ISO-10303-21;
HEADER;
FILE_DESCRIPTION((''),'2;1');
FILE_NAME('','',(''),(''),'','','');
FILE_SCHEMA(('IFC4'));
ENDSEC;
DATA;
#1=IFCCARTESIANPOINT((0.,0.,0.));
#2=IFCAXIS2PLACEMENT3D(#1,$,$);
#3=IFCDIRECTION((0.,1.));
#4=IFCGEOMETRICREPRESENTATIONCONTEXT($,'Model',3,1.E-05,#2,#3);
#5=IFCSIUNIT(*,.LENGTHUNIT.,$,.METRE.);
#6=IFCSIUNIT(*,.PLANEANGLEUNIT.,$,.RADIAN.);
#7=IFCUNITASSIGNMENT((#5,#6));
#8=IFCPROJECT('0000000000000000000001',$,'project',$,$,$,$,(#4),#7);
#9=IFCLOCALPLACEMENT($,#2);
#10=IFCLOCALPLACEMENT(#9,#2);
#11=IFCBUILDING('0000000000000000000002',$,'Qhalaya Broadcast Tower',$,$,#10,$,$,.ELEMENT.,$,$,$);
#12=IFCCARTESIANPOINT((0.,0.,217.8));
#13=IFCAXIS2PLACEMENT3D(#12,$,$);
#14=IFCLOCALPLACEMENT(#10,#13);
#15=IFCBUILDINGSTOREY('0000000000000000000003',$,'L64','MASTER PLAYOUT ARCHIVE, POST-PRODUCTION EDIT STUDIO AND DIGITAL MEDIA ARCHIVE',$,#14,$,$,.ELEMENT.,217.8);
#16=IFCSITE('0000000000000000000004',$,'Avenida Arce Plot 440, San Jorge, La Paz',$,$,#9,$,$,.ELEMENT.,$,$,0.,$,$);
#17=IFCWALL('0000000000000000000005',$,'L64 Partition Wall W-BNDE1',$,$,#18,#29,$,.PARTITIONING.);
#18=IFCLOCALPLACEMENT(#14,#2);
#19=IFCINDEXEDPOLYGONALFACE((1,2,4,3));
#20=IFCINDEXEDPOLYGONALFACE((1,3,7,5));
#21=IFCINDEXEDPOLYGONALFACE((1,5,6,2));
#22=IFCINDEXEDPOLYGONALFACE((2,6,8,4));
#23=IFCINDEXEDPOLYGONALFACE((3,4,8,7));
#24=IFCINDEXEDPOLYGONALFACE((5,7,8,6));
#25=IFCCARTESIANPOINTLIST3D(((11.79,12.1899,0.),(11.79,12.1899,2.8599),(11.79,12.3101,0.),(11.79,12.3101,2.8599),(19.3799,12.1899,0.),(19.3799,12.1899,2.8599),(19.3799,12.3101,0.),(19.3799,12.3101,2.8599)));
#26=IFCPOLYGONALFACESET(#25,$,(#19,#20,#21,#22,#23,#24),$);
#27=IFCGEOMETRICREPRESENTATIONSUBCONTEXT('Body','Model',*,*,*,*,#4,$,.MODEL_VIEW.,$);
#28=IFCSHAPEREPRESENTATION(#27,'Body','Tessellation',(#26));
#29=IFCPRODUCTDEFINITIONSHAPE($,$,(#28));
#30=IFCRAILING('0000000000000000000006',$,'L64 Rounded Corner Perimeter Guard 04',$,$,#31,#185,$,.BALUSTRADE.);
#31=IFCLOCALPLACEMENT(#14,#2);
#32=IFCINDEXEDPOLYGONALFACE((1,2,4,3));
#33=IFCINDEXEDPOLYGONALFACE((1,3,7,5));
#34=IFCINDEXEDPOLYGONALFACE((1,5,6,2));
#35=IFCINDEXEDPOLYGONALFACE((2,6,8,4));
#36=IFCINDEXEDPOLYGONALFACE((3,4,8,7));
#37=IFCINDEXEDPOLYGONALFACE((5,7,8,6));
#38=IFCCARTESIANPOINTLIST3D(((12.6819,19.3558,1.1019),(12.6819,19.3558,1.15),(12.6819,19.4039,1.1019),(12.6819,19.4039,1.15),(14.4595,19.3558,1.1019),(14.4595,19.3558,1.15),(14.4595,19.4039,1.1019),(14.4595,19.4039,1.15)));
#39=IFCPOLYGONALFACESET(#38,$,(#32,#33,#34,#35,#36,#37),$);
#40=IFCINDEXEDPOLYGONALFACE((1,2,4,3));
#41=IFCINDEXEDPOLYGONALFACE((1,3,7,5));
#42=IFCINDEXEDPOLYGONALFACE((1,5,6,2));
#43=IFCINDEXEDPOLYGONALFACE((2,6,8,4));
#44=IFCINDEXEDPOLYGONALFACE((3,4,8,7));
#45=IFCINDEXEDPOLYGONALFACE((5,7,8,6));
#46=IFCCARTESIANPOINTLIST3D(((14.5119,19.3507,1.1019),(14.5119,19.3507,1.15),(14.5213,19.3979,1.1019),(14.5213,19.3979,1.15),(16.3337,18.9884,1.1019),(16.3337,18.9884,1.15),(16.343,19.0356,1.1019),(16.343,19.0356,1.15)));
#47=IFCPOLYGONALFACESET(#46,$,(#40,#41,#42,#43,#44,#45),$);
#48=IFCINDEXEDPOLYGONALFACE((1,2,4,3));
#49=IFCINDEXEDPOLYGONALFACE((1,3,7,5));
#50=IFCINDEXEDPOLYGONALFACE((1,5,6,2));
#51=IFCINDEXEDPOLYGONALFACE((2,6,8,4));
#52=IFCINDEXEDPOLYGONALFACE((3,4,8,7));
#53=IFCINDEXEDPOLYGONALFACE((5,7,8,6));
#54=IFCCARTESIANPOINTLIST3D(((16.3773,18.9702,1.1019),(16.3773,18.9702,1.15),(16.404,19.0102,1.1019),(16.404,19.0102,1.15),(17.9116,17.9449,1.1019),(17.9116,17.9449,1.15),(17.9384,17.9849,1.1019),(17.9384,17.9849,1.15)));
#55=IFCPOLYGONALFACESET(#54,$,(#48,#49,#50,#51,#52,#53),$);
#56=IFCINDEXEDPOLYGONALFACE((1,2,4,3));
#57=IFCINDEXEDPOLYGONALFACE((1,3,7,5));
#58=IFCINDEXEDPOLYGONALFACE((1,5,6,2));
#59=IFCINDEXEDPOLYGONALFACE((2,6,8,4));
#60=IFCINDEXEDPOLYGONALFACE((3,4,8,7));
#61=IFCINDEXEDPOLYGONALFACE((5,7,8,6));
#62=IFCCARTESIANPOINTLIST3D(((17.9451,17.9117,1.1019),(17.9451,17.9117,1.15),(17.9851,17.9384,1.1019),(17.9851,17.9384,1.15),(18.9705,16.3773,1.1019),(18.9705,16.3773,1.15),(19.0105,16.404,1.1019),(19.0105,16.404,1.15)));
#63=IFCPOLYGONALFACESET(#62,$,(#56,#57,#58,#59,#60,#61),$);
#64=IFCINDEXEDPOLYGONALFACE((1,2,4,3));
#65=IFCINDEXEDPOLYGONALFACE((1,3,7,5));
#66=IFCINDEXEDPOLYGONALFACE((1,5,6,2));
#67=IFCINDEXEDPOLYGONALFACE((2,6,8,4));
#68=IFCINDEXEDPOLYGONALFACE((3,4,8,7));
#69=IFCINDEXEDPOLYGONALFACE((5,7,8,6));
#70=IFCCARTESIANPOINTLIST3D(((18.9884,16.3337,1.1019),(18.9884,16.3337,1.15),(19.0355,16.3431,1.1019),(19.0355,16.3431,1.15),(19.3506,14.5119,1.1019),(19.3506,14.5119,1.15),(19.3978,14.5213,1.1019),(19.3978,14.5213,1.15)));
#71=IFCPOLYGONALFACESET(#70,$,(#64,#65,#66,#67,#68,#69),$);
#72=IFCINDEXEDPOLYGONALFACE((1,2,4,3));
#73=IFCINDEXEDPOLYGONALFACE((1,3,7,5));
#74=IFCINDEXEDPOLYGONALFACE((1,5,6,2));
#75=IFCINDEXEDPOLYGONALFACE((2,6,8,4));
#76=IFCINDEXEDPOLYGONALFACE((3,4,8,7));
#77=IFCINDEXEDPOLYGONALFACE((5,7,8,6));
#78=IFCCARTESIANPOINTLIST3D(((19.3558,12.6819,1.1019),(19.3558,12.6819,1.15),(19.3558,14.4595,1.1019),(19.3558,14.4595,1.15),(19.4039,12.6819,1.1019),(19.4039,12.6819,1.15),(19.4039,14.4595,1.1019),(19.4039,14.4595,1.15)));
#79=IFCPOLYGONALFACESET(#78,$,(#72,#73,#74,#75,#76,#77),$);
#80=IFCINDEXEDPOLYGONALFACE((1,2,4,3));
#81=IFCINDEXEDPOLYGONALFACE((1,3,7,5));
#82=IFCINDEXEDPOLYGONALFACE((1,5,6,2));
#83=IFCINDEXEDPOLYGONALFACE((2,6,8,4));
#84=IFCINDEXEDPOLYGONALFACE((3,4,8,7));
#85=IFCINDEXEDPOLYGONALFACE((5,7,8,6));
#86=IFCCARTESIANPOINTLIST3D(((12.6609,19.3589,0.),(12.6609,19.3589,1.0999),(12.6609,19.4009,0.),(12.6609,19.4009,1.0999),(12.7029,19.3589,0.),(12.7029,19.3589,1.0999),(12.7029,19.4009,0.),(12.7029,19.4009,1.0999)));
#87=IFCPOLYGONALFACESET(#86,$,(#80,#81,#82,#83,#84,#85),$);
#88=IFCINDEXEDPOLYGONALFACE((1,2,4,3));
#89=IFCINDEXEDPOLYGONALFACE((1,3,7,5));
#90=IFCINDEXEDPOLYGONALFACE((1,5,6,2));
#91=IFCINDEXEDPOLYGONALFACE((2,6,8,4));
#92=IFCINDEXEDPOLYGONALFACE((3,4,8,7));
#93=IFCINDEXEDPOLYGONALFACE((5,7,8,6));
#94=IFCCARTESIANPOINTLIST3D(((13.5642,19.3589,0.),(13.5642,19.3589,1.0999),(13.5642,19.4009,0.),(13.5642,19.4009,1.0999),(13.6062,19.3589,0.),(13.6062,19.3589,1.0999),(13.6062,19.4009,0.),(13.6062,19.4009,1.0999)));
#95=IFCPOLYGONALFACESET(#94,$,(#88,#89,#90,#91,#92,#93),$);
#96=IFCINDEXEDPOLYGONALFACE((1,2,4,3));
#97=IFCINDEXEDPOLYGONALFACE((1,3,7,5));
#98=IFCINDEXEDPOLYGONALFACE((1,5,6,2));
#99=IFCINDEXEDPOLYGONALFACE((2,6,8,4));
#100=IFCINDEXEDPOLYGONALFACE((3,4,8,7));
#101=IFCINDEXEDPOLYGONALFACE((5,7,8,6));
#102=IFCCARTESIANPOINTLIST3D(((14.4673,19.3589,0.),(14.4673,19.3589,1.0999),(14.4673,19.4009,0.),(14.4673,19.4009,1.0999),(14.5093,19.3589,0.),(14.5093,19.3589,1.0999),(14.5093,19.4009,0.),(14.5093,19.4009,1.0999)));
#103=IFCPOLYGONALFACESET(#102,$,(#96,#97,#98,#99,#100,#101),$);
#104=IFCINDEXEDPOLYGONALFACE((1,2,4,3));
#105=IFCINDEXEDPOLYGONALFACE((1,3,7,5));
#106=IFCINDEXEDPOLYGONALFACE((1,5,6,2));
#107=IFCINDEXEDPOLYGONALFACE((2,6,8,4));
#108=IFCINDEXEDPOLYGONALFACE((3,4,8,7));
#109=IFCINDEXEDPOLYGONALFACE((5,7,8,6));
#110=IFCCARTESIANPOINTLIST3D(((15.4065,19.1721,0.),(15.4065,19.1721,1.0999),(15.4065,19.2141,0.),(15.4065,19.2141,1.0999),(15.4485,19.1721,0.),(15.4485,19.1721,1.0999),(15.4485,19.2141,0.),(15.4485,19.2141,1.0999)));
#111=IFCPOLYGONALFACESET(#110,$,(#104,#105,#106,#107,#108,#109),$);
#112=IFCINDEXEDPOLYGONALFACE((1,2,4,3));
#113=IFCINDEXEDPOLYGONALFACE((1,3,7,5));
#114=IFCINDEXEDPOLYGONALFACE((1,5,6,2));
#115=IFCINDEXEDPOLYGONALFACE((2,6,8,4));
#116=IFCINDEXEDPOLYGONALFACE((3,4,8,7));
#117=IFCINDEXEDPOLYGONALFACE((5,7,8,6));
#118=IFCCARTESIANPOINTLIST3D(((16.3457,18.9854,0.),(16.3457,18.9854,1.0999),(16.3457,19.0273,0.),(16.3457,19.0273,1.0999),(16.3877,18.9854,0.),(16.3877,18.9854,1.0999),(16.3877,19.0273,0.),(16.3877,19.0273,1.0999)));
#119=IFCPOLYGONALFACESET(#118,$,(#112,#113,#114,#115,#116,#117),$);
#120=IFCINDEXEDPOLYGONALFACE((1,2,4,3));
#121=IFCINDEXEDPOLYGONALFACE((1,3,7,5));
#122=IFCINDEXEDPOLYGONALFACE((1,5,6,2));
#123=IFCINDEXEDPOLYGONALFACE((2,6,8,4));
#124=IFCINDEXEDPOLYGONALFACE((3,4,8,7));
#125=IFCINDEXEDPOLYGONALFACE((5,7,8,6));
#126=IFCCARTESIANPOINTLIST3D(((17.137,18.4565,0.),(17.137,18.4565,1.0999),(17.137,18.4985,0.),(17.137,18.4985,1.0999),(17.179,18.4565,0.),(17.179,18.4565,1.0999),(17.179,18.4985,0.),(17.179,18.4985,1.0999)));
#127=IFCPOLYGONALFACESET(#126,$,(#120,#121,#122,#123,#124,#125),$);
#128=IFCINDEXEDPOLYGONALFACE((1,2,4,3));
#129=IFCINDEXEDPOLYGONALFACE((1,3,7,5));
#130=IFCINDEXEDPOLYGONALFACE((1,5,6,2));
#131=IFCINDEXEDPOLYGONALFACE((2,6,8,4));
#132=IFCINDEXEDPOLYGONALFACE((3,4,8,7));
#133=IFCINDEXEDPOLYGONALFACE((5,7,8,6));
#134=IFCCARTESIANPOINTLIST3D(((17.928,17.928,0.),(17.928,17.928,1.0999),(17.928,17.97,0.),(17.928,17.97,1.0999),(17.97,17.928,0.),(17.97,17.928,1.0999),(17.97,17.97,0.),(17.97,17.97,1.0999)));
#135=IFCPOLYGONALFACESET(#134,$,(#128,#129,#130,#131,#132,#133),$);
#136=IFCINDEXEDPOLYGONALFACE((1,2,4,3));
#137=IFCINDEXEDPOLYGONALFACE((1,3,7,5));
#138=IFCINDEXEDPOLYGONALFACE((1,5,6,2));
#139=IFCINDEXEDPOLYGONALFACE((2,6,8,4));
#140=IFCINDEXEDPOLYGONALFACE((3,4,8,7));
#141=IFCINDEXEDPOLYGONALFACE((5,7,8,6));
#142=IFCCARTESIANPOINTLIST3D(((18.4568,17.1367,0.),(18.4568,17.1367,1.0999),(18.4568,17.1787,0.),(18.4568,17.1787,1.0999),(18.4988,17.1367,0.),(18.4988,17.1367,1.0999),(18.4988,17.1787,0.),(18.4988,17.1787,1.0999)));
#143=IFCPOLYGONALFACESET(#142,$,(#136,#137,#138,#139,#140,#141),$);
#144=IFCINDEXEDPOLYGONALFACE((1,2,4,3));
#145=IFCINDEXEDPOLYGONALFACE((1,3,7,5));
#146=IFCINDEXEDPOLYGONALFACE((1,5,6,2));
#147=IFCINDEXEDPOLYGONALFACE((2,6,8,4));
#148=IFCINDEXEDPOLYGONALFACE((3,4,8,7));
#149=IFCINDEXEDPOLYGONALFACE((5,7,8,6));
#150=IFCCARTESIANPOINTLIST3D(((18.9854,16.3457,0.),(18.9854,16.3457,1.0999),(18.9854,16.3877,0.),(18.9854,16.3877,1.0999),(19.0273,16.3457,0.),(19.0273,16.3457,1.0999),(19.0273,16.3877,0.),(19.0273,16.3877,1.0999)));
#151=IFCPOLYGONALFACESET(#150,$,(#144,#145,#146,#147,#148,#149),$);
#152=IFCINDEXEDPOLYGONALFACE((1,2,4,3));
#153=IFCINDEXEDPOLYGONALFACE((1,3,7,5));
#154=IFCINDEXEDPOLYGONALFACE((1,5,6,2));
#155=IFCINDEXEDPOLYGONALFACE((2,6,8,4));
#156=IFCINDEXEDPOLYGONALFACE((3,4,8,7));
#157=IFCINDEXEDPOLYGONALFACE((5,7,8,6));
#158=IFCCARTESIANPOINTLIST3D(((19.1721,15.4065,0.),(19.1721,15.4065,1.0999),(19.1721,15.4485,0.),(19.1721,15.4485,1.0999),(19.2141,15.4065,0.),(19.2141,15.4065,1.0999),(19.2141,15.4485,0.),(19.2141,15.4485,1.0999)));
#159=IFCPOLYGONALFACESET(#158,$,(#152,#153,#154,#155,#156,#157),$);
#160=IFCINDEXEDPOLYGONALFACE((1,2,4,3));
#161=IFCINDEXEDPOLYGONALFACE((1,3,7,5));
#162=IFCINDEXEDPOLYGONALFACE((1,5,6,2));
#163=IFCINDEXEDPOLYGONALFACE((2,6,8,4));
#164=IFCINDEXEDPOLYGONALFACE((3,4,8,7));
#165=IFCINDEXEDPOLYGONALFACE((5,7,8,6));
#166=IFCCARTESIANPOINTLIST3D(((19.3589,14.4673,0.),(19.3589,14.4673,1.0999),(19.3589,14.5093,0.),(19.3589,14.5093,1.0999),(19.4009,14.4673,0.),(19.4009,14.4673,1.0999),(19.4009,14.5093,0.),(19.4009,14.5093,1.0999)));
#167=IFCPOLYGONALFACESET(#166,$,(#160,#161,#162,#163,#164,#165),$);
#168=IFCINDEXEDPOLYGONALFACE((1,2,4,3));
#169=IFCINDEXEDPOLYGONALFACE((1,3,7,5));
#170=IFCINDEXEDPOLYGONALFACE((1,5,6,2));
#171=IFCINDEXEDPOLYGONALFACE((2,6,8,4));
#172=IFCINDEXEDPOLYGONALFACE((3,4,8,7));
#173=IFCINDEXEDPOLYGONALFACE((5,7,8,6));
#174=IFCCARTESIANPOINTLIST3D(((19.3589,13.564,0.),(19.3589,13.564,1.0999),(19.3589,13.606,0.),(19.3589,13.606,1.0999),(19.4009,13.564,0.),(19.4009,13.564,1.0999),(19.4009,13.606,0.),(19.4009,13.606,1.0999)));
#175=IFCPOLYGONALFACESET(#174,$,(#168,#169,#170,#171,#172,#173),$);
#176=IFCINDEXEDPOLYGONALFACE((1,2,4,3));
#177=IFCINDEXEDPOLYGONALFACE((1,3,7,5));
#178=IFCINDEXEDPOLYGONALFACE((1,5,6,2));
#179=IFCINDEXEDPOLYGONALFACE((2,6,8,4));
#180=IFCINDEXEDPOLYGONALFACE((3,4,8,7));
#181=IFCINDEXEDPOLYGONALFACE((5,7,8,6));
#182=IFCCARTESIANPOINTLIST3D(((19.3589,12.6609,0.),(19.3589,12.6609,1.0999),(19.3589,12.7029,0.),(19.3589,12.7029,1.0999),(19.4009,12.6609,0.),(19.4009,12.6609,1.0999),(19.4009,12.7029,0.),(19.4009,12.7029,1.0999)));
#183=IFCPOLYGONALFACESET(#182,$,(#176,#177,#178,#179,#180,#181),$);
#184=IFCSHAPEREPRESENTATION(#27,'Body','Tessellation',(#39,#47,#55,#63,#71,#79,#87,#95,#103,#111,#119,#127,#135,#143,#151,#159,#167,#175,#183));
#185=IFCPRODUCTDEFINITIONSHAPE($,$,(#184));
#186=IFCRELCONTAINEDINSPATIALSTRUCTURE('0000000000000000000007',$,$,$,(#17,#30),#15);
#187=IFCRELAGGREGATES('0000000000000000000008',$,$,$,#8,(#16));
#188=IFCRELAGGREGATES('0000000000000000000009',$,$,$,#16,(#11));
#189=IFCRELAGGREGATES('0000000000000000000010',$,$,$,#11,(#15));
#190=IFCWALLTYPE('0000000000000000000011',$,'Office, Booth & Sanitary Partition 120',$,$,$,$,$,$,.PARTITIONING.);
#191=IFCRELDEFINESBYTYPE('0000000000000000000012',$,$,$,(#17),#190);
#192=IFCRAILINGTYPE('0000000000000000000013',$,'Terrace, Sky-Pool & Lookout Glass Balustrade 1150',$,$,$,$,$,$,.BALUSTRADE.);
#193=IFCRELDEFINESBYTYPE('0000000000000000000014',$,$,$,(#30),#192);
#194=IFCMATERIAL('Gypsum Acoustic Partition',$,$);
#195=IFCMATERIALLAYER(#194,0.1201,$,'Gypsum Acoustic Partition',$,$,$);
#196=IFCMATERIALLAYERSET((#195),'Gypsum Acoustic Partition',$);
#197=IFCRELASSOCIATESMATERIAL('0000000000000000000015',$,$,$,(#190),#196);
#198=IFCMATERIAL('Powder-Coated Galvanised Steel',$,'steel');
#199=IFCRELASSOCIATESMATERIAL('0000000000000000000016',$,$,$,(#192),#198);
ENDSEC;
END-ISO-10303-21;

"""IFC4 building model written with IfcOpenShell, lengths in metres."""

from ifc_helpers import new_model, si_unit, direction, frame, frame_2d, origin, origin_2d, place, context, subcontext, project, spatial, rectangle, extrude, material, layer, layer_set, type_object, element, save


model = new_model("IFC4")

# Units and contexts
model_context = context("Model", 3, precision=1e-05, world=origin(), true_north=direction((0.0, 1.0)))
body_context = subcontext(model_context, "Body", "Model", "MODEL_VIEW")
ifc_project = project(units=[si_unit("LENGTHUNIT", "METRE"), si_unit("PLANEANGLEUNIT", "RADIAN")], contexts=[model_context])

# Site, building, storey
site_placement = place(None, origin())
site = spatial("IfcSite", under=ifc_project, at=site_placement, Name="Avenida Arce Plot 440, San Jorge, La Paz", CompositionType="ELEMENT", RefElevation=0.0)
building_placement = place(site_placement, origin())
building = spatial("IfcBuilding", under=site, at=building_placement, Name="Qhalaya Broadcast Tower", CompositionType="ELEMENT")
storey_placement = place(building_placement, frame((0.0, 0.0, 217.8)))
storey = spatial("IfcBuildingStorey", under=building, at=storey_placement, Name="L64", Description="MASTER PLAYOUT ARCHIVE, POST-PRODUCTION EDIT STUDIO AND DIGITAL MEDIA ARCHIVE", CompositionType="ELEMENT", Elevation=217.8)

# Wall
ifc_material_1 = material(Name="Gypsum Acoustic Partition")
ifc_layer_1 = layer(ifc_material_1, 0.1201, Name="Gypsum Acoustic Partition")
ifc_layer_set_1 = layer_set([ifc_layer_1], Name="Gypsum Acoustic Partition")
wall_type_1 = type_object("IfcWallType", Name="Office, Booth & Sanitary Partition 120", PredefinedType="PARTITIONING", material=ifc_layer_set_1)
wall_1_placement = place(storey_placement, frame((11.79, 12.25, 0.0), z_axis=(0.0, 0.0, 1.0), x_axis=(1.0, 0.0, 0.0)))
element("IfcWall", 1, at=wall_1_placement, inside=storey, type_object=wall_type_1, Name="L64 Partition Wall W-BNDE1", PredefinedType="PARTITIONING", context=body_context, shape_type="SweptSolid", body=[
    extrude(rectangle(XDim=7.5898, YDim=0.1201, at=frame_2d((3.7949, 0.0))), origin(), (0.0, 0.0, 1.0), 2.8599),
])

# Railing
ifc_material_2 = material(Name="Powder-Coated Galvanised Steel", Category="steel")
railing_type = type_object("IfcRailingType", Name="Terrace, Sky-Pool & Lookout Glass Balustrade 1150", PredefinedType="BALUSTRADE", material=ifc_material_2)
railing_placement = place(storey_placement, frame((12.6819, 19.3799, 0.0)))
element("IfcRailing", 2, at=railing_placement, inside=storey, type_object=railing_type, Name="L64 Rounded Corner Perimeter Guard 04", PredefinedType="BALUSTRADE", context=body_context, shape_type="SweptSolid", body=[
    extrude(rectangle(XDim=0.0481, YDim=0.0481, at=origin_2d()), frame((0.0, 0.0, 1.126), z_axis=(1.0, 0.0, 0.0), x_axis=(0.0, 1.0, 0.0)), (0.0, 0.0, 1.0), 1.7776),
    extrude(rectangle(XDim=0.0481, YDim=0.0481, at=origin_2d()), frame((1.8347, -0.0056, 1.126), z_axis=(0.980796, -0.195037, 0.0), x_axis=(0.195037, 0.980796, 0.0)), (0.0, 0.0, 1.0), 1.8574),
    extrude(rectangle(XDim=0.0481, YDim=0.0481, at=origin_2d()), frame((3.7087, -0.3896, 1.126), z_axis=(0.831438, -0.555618, 0.0), x_axis=(0.555618, 0.831438, 0.0)), (0.0, 0.0, 1.0), 1.8455),
    extrude(rectangle(XDim=0.0481, YDim=0.0481, at=origin_2d()), frame((5.2832, -1.4548, 1.126), z_axis=(0.555618, -0.831438, 0.0), x_axis=(0.831438, 0.555618, 0.0)), (0.0, 0.0, 1.0), 1.8455),
    extrude(rectangle(XDim=0.0481, YDim=0.0481, at=origin_2d()), frame((6.3301, -3.0415, 1.126), z_axis=(0.195037, -0.980796, 0.0), x_axis=(0.980796, 0.195037, 0.0)), (0.0, 0.0, 1.0), 1.8574),
    extrude(rectangle(XDim=0.0481, YDim=0.0481, at=origin_2d()), frame((6.698, -4.9204, 1.126), z_axis=(0.0, -1.0, 0.0), x_axis=(1.0, 0.0, 0.0)), (0.0, 0.0, 1.0), 1.7776),
    extrude(rectangle(XDim=0.042, YDim=0.042, at=origin_2d()), origin(), (0.0, 0.0, 1.0), 1.0999),
    extrude(rectangle(XDim=0.042, YDim=0.042, at=origin_2d()), frame((0.9033, 0.0, 0.0)), (0.0, 0.0, 1.0), 1.0999),
    extrude(rectangle(XDim=0.042, YDim=0.042, at=origin_2d()), frame((1.8064, 0.0, 0.0)), (0.0, 0.0, 1.0), 1.0999),
    extrude(rectangle(XDim=0.042, YDim=0.042, at=origin_2d()), frame((2.7456, -0.1868, 0.0)), (0.0, 0.0, 1.0), 1.0999),
    extrude(rectangle(XDim=0.042, YDim=0.042, at=origin_2d()), frame((3.6848, -0.3735, 0.0)), (0.0, 0.0, 1.0), 1.0999),
    extrude(rectangle(XDim=0.042, YDim=0.042, at=origin_2d()), frame((4.4761, -0.9023, 0.0)), (0.0, 0.0, 1.0), 1.0999),
    extrude(rectangle(XDim=0.042, YDim=0.042, at=origin_2d()), frame((5.2671, -1.4309, 0.0)), (0.0, 0.0, 1.0), 1.0999),
    extrude(rectangle(XDim=0.042, YDim=0.042, at=origin_2d()), frame((5.7959, -2.2222, 0.0)), (0.0, 0.0, 1.0), 1.0999),
    extrude(rectangle(XDim=0.042, YDim=0.042, at=origin_2d()), frame((6.3245, -3.0132, 0.0)), (0.0, 0.0, 1.0), 1.0999),
    extrude(rectangle(XDim=0.042, YDim=0.042, at=origin_2d()), frame((6.5112, -3.9524, 0.0)), (0.0, 0.0, 1.0), 1.0999),
    extrude(rectangle(XDim=0.042, YDim=0.042, at=origin_2d()), frame((6.698, -4.8916, 0.0)), (0.0, 0.0, 1.0), 1.0999),
    extrude(rectangle(XDim=0.042, YDim=0.042, at=origin_2d()), frame((6.698, -5.7949, 0.0)), (0.0, 0.0, 1.0), 1.0999),
    extrude(rectangle(XDim=0.042, YDim=0.042, at=origin_2d()), frame((6.698, -6.698, 0.0)), (0.0, 0.0, 1.0), 1.0999),
])

save(model, "model.ifc")
